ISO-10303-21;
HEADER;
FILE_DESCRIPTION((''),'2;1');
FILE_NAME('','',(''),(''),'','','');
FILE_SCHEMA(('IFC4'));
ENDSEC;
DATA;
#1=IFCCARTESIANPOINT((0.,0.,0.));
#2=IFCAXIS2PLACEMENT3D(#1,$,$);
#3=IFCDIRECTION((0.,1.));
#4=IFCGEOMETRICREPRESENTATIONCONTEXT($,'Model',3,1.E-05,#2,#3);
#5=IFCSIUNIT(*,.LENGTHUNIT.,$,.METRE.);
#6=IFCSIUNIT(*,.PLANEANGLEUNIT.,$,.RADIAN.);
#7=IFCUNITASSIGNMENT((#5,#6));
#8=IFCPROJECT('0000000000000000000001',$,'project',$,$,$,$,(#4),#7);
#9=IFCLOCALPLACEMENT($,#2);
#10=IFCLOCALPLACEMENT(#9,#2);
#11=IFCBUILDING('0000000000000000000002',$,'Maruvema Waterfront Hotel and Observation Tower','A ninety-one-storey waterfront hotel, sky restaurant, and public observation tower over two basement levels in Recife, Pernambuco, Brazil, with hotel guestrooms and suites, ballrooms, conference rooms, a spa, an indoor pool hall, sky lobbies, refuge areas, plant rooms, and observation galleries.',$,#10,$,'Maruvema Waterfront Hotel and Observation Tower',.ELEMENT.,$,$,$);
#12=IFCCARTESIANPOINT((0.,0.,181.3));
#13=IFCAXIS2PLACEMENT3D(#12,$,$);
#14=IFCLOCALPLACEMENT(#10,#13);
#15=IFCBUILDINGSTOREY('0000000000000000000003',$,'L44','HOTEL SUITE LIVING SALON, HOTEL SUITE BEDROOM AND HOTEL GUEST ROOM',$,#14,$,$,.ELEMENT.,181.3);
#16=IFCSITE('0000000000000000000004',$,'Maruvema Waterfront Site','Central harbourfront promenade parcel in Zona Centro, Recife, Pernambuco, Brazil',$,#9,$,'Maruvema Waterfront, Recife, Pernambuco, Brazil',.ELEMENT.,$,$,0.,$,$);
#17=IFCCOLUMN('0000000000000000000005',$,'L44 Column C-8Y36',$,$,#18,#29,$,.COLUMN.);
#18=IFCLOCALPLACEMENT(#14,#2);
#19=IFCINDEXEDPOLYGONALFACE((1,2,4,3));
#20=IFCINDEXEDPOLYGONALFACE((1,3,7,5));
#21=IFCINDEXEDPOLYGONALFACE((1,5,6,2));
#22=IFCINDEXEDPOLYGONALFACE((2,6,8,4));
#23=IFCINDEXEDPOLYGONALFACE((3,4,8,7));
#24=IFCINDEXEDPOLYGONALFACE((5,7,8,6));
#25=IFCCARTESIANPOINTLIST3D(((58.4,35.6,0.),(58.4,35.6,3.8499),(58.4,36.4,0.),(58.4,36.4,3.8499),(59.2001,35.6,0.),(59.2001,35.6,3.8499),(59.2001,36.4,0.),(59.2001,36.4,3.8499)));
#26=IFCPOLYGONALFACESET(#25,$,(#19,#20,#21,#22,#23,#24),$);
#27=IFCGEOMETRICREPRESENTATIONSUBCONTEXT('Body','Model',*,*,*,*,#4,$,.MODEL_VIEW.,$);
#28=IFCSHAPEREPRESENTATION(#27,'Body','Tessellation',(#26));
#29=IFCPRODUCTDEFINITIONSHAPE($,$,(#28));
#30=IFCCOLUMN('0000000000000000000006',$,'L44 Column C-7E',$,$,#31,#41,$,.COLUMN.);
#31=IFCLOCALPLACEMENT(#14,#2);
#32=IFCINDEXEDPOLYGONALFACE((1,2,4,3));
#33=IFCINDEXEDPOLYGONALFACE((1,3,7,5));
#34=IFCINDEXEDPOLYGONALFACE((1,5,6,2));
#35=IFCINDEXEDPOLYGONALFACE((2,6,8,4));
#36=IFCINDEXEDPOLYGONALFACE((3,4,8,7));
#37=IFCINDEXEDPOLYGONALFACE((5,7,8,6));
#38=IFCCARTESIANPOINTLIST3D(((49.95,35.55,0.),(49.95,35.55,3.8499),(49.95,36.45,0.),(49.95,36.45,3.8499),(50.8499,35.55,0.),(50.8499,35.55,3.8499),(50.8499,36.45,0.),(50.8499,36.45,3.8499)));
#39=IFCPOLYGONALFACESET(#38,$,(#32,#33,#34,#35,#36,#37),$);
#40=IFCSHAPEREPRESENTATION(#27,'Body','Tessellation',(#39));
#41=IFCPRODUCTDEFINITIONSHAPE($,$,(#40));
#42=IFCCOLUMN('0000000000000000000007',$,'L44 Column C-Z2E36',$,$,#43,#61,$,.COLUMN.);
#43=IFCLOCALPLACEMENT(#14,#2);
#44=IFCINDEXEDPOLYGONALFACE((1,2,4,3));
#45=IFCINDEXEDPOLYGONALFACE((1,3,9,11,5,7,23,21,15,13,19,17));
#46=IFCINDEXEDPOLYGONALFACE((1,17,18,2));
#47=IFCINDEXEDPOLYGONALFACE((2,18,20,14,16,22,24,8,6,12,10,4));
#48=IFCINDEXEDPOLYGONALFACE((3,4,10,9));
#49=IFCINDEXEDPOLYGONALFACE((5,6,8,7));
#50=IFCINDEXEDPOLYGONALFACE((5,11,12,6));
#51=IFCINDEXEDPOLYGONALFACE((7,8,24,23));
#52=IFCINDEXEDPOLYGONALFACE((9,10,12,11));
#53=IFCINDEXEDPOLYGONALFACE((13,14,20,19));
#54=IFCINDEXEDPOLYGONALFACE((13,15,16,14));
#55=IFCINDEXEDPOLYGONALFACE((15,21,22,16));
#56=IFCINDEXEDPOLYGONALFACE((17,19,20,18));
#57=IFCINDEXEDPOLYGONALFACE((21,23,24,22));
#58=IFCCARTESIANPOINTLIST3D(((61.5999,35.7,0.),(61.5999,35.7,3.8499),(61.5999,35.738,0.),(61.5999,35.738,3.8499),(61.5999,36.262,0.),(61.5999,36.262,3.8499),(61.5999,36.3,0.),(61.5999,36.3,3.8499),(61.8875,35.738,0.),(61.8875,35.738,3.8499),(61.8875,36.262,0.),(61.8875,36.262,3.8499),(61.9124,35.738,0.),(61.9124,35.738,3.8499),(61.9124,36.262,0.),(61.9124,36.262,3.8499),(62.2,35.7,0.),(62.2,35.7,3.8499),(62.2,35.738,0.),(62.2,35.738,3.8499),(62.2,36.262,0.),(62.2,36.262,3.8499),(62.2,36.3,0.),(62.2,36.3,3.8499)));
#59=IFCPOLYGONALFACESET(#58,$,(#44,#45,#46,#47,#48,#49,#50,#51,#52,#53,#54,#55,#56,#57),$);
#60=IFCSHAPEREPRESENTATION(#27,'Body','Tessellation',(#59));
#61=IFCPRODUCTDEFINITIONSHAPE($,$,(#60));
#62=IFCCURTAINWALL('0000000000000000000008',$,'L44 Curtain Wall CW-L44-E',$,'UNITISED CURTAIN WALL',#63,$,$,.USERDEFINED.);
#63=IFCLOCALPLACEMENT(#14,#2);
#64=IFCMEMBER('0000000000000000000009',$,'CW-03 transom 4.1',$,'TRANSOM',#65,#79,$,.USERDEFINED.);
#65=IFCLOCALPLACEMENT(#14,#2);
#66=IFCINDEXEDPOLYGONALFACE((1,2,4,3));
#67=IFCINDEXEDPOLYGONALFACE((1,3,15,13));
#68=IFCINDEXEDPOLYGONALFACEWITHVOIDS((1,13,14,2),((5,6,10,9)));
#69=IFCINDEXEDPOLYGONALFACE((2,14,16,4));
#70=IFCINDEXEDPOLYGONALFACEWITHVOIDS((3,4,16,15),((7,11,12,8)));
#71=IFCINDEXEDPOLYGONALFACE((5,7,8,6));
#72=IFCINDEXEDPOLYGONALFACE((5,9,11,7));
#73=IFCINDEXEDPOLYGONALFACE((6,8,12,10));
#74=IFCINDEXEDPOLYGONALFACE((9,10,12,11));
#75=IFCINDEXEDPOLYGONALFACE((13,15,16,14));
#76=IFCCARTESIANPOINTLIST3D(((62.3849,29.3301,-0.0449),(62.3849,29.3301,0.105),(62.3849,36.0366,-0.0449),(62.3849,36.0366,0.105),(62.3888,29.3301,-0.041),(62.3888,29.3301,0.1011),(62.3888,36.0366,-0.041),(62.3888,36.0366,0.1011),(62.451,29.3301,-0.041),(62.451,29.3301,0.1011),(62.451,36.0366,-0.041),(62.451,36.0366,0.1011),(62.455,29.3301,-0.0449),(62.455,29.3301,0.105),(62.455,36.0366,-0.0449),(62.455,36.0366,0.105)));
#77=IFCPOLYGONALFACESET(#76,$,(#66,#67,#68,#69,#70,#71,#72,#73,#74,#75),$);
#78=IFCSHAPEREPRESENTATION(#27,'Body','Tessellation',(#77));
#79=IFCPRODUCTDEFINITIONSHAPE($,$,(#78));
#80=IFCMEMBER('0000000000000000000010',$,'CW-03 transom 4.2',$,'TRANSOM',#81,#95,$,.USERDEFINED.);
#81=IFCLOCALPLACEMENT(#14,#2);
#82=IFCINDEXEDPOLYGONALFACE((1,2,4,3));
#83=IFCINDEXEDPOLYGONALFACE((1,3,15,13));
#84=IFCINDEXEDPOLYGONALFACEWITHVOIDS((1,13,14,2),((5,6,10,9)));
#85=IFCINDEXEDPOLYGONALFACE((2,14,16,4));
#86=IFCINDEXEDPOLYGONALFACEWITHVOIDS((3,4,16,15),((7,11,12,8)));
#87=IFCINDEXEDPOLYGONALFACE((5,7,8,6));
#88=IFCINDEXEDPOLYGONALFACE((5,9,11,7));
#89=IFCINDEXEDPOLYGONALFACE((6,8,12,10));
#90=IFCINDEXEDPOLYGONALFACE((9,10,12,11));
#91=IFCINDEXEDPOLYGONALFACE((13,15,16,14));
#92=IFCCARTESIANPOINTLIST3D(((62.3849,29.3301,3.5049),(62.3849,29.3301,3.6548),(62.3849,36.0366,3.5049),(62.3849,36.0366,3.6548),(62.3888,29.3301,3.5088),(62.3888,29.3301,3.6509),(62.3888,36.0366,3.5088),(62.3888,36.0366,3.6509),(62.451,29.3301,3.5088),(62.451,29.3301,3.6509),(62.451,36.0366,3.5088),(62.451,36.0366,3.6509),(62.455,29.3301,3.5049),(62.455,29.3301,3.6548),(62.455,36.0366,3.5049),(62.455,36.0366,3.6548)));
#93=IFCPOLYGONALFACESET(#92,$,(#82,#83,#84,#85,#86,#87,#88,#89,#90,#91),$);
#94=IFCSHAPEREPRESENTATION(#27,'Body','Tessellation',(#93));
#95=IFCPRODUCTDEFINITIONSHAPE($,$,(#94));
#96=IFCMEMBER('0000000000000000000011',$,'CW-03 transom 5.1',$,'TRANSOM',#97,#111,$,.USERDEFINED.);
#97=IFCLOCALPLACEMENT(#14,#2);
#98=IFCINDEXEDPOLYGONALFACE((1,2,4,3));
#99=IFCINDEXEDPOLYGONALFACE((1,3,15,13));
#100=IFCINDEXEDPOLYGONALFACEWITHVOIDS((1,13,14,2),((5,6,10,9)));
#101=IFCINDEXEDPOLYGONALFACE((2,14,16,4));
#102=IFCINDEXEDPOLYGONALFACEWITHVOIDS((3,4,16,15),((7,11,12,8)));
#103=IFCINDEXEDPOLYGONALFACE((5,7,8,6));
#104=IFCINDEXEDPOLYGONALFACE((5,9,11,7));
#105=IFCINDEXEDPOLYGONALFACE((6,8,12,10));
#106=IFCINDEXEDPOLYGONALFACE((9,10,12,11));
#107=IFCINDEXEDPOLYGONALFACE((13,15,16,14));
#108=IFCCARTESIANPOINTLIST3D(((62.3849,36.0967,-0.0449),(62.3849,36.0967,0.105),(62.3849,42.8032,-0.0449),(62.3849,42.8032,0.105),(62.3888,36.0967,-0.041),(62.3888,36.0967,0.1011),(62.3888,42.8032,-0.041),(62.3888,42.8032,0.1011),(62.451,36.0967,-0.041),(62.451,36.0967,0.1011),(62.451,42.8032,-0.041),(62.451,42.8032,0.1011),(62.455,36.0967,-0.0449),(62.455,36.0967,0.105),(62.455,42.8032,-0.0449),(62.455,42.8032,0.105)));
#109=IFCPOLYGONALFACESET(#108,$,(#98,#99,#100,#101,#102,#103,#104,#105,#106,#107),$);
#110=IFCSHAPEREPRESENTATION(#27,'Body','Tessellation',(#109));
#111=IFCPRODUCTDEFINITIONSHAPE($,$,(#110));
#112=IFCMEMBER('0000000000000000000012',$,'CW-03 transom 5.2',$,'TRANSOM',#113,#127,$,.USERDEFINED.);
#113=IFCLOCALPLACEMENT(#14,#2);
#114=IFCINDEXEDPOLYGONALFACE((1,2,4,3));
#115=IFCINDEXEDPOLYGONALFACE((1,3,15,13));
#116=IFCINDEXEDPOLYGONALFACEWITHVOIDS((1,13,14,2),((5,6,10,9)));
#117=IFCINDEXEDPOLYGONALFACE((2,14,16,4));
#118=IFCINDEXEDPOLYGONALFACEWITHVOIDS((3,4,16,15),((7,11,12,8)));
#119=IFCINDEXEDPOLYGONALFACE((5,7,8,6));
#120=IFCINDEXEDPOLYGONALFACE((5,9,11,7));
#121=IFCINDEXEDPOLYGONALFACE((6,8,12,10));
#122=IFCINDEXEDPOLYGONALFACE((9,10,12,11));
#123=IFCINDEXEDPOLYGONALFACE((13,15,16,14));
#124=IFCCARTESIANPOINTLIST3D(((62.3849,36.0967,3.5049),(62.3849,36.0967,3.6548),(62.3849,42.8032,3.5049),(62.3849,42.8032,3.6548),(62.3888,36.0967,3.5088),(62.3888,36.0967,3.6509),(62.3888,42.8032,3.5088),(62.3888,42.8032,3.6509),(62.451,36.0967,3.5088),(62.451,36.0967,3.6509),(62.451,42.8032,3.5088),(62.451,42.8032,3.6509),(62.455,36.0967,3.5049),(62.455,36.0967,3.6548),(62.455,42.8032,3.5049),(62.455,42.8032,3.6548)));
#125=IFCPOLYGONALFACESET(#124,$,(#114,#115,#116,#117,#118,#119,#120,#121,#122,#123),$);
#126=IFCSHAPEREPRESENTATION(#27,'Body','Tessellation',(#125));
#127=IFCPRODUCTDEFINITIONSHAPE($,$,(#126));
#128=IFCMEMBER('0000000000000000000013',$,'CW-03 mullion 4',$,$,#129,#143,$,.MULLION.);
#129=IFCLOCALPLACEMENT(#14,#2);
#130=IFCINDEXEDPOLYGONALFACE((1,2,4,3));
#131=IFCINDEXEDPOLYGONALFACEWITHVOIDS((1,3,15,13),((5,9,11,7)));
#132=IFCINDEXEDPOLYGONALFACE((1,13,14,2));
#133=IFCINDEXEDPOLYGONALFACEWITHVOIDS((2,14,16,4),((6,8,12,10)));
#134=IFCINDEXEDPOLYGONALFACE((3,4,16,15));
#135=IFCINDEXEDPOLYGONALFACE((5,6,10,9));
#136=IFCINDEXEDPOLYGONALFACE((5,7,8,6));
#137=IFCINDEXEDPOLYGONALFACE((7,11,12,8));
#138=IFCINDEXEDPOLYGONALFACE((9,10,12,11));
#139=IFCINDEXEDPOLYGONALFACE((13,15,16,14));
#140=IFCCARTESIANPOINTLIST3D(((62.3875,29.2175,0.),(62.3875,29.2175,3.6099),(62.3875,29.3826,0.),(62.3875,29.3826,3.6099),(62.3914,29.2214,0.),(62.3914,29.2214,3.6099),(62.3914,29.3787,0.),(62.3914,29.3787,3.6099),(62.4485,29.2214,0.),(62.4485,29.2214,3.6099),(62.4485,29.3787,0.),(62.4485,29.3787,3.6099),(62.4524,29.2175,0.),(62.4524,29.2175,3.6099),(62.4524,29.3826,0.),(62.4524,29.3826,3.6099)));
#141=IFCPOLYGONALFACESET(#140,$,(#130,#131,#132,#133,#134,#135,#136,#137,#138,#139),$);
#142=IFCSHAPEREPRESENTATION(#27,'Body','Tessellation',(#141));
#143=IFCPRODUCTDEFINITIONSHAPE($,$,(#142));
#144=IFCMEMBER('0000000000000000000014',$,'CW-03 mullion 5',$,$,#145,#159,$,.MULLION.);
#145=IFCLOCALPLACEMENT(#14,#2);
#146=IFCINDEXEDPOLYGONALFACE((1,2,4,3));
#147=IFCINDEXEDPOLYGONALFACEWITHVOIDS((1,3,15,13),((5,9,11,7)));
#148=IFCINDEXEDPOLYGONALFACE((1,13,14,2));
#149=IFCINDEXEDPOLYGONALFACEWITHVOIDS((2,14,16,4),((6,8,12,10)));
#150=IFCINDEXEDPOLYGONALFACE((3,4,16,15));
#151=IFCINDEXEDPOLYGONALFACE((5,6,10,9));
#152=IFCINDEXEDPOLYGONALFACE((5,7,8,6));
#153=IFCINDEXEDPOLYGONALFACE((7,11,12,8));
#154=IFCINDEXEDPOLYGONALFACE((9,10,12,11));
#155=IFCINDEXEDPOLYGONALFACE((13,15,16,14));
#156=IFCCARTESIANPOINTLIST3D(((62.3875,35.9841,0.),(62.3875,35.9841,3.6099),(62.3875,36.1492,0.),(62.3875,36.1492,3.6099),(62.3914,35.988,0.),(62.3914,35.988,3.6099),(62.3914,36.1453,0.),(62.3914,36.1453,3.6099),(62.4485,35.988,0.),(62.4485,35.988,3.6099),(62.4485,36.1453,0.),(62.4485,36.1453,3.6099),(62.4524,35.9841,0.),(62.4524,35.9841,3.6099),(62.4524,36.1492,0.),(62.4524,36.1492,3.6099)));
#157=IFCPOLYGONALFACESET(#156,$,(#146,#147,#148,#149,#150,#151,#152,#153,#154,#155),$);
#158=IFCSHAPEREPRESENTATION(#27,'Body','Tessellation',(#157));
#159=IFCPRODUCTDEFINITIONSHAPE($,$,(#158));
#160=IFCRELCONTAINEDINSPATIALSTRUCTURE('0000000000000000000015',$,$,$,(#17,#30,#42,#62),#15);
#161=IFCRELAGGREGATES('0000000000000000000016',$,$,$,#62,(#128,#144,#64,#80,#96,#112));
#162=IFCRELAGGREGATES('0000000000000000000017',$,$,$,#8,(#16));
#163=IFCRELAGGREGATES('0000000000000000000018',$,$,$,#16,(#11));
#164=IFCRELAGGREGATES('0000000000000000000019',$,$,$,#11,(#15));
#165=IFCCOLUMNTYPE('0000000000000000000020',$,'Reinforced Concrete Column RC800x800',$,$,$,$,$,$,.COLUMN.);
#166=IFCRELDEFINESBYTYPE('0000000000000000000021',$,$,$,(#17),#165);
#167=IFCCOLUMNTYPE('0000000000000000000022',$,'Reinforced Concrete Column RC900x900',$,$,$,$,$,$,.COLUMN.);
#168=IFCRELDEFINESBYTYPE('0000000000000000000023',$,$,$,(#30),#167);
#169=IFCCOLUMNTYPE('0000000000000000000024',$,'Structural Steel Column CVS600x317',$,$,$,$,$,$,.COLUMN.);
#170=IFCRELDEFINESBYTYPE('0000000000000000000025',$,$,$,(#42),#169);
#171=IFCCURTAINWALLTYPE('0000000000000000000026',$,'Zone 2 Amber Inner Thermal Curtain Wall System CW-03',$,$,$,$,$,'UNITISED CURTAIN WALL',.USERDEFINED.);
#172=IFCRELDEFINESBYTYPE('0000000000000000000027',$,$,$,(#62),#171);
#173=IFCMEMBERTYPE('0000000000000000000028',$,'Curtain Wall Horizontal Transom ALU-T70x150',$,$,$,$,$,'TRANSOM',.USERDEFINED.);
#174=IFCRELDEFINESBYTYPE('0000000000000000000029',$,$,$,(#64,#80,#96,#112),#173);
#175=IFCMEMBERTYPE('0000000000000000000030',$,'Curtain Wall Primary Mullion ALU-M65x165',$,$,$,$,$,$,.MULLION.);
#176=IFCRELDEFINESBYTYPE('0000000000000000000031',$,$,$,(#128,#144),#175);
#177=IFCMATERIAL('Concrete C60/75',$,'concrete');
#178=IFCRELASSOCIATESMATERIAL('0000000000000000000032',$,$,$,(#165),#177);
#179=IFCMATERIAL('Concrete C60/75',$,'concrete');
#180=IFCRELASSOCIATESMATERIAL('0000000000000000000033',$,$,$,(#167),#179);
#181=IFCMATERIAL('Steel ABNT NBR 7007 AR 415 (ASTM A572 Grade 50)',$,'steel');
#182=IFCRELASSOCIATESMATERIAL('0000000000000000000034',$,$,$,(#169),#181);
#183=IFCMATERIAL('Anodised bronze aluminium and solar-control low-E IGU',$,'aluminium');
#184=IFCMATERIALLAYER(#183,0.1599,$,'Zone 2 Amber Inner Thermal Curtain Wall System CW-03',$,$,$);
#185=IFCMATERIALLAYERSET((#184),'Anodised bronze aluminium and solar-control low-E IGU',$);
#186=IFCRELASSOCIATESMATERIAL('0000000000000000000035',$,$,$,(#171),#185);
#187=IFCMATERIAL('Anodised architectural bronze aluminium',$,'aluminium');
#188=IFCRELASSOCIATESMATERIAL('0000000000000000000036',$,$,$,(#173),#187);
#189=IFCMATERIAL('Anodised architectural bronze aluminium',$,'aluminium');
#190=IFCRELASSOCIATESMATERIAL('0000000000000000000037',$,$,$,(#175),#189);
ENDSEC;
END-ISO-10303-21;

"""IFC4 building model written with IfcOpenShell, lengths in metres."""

from ifc_helpers import new_model, si_unit, direction, frame, origin, origin_2d, place, context, subcontext, project, spatial, rectangle, hollow_rectangle, i_section, extrude, material, layer, layer_set, material_profile, profile_set, type_object, element, aggregate, save


model = new_model("IFC4")

# Units and contexts
model_context = context("Model", 3, precision=1e-05, world=origin(), true_north=direction((0.0, 1.0)))
body_context = subcontext(model_context, "Body", "Model", "MODEL_VIEW")
ifc_project = project(units=[si_unit("LENGTHUNIT", "METRE"), si_unit("PLANEANGLEUNIT", "RADIAN")], contexts=[model_context])

# Site, building, storey
site_placement = place(None, origin())
site = spatial("IfcSite", under=ifc_project, at=site_placement, Name="Maruvema Waterfront Site", Description="Central harbourfront promenade parcel in Zona Centro, Recife, Pernambuco, Brazil", LongName="Maruvema Waterfront, Recife, Pernambuco, Brazil", CompositionType="ELEMENT", RefElevation=0.0)
building_placement = place(site_placement, origin())
building = spatial("IfcBuilding", under=site, at=building_placement, Name="Maruvema Waterfront Hotel and Observation Tower", Description="A ninety-one-storey waterfront hotel, sky restaurant, and public observation tower over two basement levels in Recife, Pernambuco, Brazil, with hotel guestrooms and suites, ballrooms, conference rooms, a spa, an indoor pool hall, sky lobbies, refuge areas, plant rooms, and observation galleries.", LongName="Maruvema Waterfront Hotel and Observation Tower", CompositionType="ELEMENT")
storey_placement = place(building_placement, frame((0.0, 0.0, 181.3)))
storey = spatial("IfcBuildingStorey", under=building, at=storey_placement, Name="L44", Description="HOTEL SUITE LIVING SALON, HOTEL SUITE BEDROOM AND HOTEL GUEST ROOM", CompositionType="ELEMENT", Elevation=181.3)

# Columns
ifc_material_1 = material(Name="Concrete C60/75", Category="concrete")
ifc_material_profile_1 = material_profile(ifc_material_1, rectangle(XDim=0.8, YDim=0.8, at=origin_2d()), Name="RC800x800")
ifc_profile_set_1 = profile_set([ifc_material_profile_1], Name="Concrete C60/75")
column_type_1 = type_object("IfcColumnType", Name="Reinforced Concrete Column RC800x800", PredefinedType="COLUMN", material=ifc_profile_set_1)
column_1_placement = place(storey_placement, frame((58.8, 36.0, 0.0), z_axis=(0.0, 0.0, 1.0), x_axis=(1.0, 0.0, 0.0)))
element("IfcColumn", 1, at=column_1_placement, inside=storey, type_object=column_type_1, Name="L44 Column C-8Y36", PredefinedType="COLUMN", context=body_context, shape_type="SweptSolid", body=[
    extrude(rectangle(XDim=0.8, YDim=0.8, at=origin_2d()), origin(), (0.0, 0.0, 1.0), 3.8499),
])
ifc_material_2 = material(Name="Concrete C60/75", Category="concrete")
ifc_material_profile_2 = material_profile(ifc_material_2, rectangle(XDim=0.8999, YDim=0.8999, at=origin_2d()), Name="RC900x900")
ifc_profile_set_2 = profile_set([ifc_material_profile_2], Name="Concrete C60/75")
column_type_2 = type_object("IfcColumnType", Name="Reinforced Concrete Column RC900x900", PredefinedType="COLUMN", material=ifc_profile_set_2)
column_2_placement = place(storey_placement, frame((50.3999, 36.0, 0.0), z_axis=(0.0, 0.0, 1.0), x_axis=(1.0, 0.0, 0.0)))
element("IfcColumn", 2, at=column_2_placement, inside=storey, type_object=column_type_2, Name="L44 Column C-7E", PredefinedType="COLUMN", context=body_context, shape_type="SweptSolid", body=[
    extrude(rectangle(XDim=0.8999, YDim=0.8999, at=origin_2d()), origin(), (0.0, 0.0, 1.0), 3.8499),
])
ifc_material_3 = material(Name="Steel ABNT NBR 7007 AR 415 (ASTM A572 Grade 50)", Category="steel")
ifc_material_profile_3 = material_profile(ifc_material_3, i_section(OverallWidth=0.6001, OverallDepth=0.6001, WebThickness=0.0249, FlangeThickness=0.0381, at=origin_2d()), Name="CVS600x317")
ifc_profile_set_3 = profile_set([ifc_material_profile_3], Name="Steel ABNT NBR 7007 AR 415 (ASTM A572 Grade 50)")
column_type_3 = type_object("IfcColumnType", Name="Structural Steel Column CVS600x317", PredefinedType="COLUMN", material=ifc_profile_set_3)
column_3_placement = place(storey_placement, frame((61.8999, 36.0, 0.0), z_axis=(0.0, 0.0, 1.0), x_axis=(1.0, 0.0, 0.0)))
element("IfcColumn", 3, at=column_3_placement, inside=storey, type_object=column_type_3, Name="L44 Column C-Z2E36", PredefinedType="COLUMN", context=body_context, shape_type="SweptSolid", body=[
    extrude(i_section(OverallWidth=0.6001, OverallDepth=0.6001, WebThickness=0.0249, FlangeThickness=0.0381, at=origin_2d()), origin(), (0.0, 0.0, 1.0), 3.8499),
])

# Curtain wall, members
ifc_material_4 = material(Name="Anodised bronze aluminium and solar-control low-E IGU", Category="aluminium")
ifc_layer_1 = layer(ifc_material_4, 0.1599, Name="Zone 2 Amber Inner Thermal Curtain Wall System CW-03")
ifc_layer_set_1 = layer_set([ifc_layer_1], Name="Anodised bronze aluminium and solar-control low-E IGU")
curtain_wall_type = type_object("IfcCurtainWallType", Name="Zone 2 Amber Inner Thermal Curtain Wall System CW-03", ElementType="UNITISED CURTAIN WALL", PredefinedType="USERDEFINED", material=ifc_layer_set_1)
curtain_wall_placement = place(storey_placement, origin())
curtain_wall = element("IfcCurtainWall", 4, at=curtain_wall_placement, inside=storey, type_object=curtain_wall_type, Name="L44 Curtain Wall CW-L44-E", ObjectType="UNITISED CURTAIN WALL", PredefinedType="USERDEFINED")
ifc_material_5 = material(Name="Anodised architectural bronze aluminium", Category="aluminium")
ifc_material_profile_4 = material_profile(ifc_material_5, hollow_rectangle(XDim=0.0701, YDim=0.1499, WallThickness=0.0039, at=origin_2d()), Name="ALU-T70x150")
ifc_profile_set_4 = profile_set([ifc_material_profile_4], Name="Anodised architectural bronze aluminium")
member_type_1 = type_object("IfcMemberType", Name="Curtain Wall Horizontal Transom ALU-T70x150", ElementType="TRANSOM", PredefinedType="USERDEFINED", material=ifc_profile_set_4)
member_1_placement = place(storey_placement, frame((62.4199, 29.3301, 0.03), z_axis=(0.0, 1.0, 0.0), x_axis=(-1.0, 0.0, 0.0)))
member_1 = element("IfcMember", 5, at=member_1_placement, type_object=member_type_1, Name="CW-03 transom 4.1", ObjectType="TRANSOM", PredefinedType="USERDEFINED", context=body_context, shape_type="SweptSolid", body=[
    extrude(hollow_rectangle(XDim=0.0701, YDim=0.1499, WallThickness=0.0039, at=origin_2d()), origin(), (0.0, 0.0, 1.0), 6.7065),
])
member_2_placement = place(storey_placement, frame((62.4199, 29.3301, 3.5798), z_axis=(0.0, 1.0, 0.0), x_axis=(-1.0, 0.0, 0.0)))
member_2 = element("IfcMember", 6, at=member_2_placement, type_object=member_type_1, Name="CW-03 transom 4.2", ObjectType="TRANSOM", PredefinedType="USERDEFINED", context=body_context, shape_type="SweptSolid", body=[
    extrude(hollow_rectangle(XDim=0.0701, YDim=0.1499, WallThickness=0.0039, at=origin_2d()), origin(), (0.0, 0.0, 1.0), 6.7065),
])
member_3_placement = place(storey_placement, frame((62.4199, 36.0967, 0.03), z_axis=(0.0, 1.0, 0.0), x_axis=(-1.0, 0.0, 0.0)))
member_3 = element("IfcMember", 7, at=member_3_placement, type_object=member_type_1, Name="CW-03 transom 5.1", ObjectType="TRANSOM", PredefinedType="USERDEFINED", context=body_context, shape_type="SweptSolid", body=[
    extrude(hollow_rectangle(XDim=0.0701, YDim=0.1499, WallThickness=0.0039, at=origin_2d()), origin(), (0.0, 0.0, 1.0), 6.7065),
])
member_4_placement = place(storey_placement, frame((62.4199, 36.0967, 3.5798), z_axis=(0.0, 1.0, 0.0), x_axis=(-1.0, 0.0, 0.0)))
member_4 = element("IfcMember", 8, at=member_4_placement, type_object=member_type_1, Name="CW-03 transom 5.2", ObjectType="TRANSOM", PredefinedType="USERDEFINED", context=body_context, shape_type="SweptSolid", body=[
    extrude(hollow_rectangle(XDim=0.0701, YDim=0.1499, WallThickness=0.0039, at=origin_2d()), origin(), (0.0, 0.0, 1.0), 6.7065),
])
ifc_material_6 = material(Name="Anodised architectural bronze aluminium", Category="aluminium")
ifc_material_profile_5 = material_profile(ifc_material_6, hollow_rectangle(XDim=0.0649, YDim=0.165, WallThickness=0.0039, at=origin_2d()), Name="ALU-M65x165")
ifc_profile_set_5 = profile_set([ifc_material_profile_5], Name="Anodised architectural bronze aluminium")
member_type_2 = type_object("IfcMemberType", Name="Curtain Wall Primary Mullion ALU-M65x165", PredefinedType="MULLION", material=ifc_profile_set_5)
member_5_placement = place(storey_placement, frame((62.4199, 29.3, 0.0), z_axis=(0.0, 0.0, 1.0), x_axis=(-1.0, 0.0, 0.0)))
member_5 = element("IfcMember", 9, at=member_5_placement, type_object=member_type_2, Name="CW-03 mullion 4", PredefinedType="MULLION", context=body_context, shape_type="SweptSolid", body=[
    extrude(hollow_rectangle(XDim=0.0649, YDim=0.165, WallThickness=0.0039, at=origin_2d()), origin(), (0.0, 0.0, 1.0), 3.6099),
])
member_6_placement = place(storey_placement, frame((62.4199, 36.0667, 0.0), z_axis=(0.0, 0.0, 1.0), x_axis=(-1.0, 0.0, 0.0)))
member_6 = element("IfcMember", 10, at=member_6_placement, type_object=member_type_2, Name="CW-03 mullion 5", PredefinedType="MULLION", context=body_context, shape_type="SweptSolid", body=[
    extrude(hollow_rectangle(XDim=0.0649, YDim=0.165, WallThickness=0.0039, at=origin_2d()), origin(), (0.0, 0.0, 1.0), 3.6099),
])

aggregate(curtain_wall, [member_5, member_6, member_1, member_2, member_3, member_4])

save(model, "model.ifc")
